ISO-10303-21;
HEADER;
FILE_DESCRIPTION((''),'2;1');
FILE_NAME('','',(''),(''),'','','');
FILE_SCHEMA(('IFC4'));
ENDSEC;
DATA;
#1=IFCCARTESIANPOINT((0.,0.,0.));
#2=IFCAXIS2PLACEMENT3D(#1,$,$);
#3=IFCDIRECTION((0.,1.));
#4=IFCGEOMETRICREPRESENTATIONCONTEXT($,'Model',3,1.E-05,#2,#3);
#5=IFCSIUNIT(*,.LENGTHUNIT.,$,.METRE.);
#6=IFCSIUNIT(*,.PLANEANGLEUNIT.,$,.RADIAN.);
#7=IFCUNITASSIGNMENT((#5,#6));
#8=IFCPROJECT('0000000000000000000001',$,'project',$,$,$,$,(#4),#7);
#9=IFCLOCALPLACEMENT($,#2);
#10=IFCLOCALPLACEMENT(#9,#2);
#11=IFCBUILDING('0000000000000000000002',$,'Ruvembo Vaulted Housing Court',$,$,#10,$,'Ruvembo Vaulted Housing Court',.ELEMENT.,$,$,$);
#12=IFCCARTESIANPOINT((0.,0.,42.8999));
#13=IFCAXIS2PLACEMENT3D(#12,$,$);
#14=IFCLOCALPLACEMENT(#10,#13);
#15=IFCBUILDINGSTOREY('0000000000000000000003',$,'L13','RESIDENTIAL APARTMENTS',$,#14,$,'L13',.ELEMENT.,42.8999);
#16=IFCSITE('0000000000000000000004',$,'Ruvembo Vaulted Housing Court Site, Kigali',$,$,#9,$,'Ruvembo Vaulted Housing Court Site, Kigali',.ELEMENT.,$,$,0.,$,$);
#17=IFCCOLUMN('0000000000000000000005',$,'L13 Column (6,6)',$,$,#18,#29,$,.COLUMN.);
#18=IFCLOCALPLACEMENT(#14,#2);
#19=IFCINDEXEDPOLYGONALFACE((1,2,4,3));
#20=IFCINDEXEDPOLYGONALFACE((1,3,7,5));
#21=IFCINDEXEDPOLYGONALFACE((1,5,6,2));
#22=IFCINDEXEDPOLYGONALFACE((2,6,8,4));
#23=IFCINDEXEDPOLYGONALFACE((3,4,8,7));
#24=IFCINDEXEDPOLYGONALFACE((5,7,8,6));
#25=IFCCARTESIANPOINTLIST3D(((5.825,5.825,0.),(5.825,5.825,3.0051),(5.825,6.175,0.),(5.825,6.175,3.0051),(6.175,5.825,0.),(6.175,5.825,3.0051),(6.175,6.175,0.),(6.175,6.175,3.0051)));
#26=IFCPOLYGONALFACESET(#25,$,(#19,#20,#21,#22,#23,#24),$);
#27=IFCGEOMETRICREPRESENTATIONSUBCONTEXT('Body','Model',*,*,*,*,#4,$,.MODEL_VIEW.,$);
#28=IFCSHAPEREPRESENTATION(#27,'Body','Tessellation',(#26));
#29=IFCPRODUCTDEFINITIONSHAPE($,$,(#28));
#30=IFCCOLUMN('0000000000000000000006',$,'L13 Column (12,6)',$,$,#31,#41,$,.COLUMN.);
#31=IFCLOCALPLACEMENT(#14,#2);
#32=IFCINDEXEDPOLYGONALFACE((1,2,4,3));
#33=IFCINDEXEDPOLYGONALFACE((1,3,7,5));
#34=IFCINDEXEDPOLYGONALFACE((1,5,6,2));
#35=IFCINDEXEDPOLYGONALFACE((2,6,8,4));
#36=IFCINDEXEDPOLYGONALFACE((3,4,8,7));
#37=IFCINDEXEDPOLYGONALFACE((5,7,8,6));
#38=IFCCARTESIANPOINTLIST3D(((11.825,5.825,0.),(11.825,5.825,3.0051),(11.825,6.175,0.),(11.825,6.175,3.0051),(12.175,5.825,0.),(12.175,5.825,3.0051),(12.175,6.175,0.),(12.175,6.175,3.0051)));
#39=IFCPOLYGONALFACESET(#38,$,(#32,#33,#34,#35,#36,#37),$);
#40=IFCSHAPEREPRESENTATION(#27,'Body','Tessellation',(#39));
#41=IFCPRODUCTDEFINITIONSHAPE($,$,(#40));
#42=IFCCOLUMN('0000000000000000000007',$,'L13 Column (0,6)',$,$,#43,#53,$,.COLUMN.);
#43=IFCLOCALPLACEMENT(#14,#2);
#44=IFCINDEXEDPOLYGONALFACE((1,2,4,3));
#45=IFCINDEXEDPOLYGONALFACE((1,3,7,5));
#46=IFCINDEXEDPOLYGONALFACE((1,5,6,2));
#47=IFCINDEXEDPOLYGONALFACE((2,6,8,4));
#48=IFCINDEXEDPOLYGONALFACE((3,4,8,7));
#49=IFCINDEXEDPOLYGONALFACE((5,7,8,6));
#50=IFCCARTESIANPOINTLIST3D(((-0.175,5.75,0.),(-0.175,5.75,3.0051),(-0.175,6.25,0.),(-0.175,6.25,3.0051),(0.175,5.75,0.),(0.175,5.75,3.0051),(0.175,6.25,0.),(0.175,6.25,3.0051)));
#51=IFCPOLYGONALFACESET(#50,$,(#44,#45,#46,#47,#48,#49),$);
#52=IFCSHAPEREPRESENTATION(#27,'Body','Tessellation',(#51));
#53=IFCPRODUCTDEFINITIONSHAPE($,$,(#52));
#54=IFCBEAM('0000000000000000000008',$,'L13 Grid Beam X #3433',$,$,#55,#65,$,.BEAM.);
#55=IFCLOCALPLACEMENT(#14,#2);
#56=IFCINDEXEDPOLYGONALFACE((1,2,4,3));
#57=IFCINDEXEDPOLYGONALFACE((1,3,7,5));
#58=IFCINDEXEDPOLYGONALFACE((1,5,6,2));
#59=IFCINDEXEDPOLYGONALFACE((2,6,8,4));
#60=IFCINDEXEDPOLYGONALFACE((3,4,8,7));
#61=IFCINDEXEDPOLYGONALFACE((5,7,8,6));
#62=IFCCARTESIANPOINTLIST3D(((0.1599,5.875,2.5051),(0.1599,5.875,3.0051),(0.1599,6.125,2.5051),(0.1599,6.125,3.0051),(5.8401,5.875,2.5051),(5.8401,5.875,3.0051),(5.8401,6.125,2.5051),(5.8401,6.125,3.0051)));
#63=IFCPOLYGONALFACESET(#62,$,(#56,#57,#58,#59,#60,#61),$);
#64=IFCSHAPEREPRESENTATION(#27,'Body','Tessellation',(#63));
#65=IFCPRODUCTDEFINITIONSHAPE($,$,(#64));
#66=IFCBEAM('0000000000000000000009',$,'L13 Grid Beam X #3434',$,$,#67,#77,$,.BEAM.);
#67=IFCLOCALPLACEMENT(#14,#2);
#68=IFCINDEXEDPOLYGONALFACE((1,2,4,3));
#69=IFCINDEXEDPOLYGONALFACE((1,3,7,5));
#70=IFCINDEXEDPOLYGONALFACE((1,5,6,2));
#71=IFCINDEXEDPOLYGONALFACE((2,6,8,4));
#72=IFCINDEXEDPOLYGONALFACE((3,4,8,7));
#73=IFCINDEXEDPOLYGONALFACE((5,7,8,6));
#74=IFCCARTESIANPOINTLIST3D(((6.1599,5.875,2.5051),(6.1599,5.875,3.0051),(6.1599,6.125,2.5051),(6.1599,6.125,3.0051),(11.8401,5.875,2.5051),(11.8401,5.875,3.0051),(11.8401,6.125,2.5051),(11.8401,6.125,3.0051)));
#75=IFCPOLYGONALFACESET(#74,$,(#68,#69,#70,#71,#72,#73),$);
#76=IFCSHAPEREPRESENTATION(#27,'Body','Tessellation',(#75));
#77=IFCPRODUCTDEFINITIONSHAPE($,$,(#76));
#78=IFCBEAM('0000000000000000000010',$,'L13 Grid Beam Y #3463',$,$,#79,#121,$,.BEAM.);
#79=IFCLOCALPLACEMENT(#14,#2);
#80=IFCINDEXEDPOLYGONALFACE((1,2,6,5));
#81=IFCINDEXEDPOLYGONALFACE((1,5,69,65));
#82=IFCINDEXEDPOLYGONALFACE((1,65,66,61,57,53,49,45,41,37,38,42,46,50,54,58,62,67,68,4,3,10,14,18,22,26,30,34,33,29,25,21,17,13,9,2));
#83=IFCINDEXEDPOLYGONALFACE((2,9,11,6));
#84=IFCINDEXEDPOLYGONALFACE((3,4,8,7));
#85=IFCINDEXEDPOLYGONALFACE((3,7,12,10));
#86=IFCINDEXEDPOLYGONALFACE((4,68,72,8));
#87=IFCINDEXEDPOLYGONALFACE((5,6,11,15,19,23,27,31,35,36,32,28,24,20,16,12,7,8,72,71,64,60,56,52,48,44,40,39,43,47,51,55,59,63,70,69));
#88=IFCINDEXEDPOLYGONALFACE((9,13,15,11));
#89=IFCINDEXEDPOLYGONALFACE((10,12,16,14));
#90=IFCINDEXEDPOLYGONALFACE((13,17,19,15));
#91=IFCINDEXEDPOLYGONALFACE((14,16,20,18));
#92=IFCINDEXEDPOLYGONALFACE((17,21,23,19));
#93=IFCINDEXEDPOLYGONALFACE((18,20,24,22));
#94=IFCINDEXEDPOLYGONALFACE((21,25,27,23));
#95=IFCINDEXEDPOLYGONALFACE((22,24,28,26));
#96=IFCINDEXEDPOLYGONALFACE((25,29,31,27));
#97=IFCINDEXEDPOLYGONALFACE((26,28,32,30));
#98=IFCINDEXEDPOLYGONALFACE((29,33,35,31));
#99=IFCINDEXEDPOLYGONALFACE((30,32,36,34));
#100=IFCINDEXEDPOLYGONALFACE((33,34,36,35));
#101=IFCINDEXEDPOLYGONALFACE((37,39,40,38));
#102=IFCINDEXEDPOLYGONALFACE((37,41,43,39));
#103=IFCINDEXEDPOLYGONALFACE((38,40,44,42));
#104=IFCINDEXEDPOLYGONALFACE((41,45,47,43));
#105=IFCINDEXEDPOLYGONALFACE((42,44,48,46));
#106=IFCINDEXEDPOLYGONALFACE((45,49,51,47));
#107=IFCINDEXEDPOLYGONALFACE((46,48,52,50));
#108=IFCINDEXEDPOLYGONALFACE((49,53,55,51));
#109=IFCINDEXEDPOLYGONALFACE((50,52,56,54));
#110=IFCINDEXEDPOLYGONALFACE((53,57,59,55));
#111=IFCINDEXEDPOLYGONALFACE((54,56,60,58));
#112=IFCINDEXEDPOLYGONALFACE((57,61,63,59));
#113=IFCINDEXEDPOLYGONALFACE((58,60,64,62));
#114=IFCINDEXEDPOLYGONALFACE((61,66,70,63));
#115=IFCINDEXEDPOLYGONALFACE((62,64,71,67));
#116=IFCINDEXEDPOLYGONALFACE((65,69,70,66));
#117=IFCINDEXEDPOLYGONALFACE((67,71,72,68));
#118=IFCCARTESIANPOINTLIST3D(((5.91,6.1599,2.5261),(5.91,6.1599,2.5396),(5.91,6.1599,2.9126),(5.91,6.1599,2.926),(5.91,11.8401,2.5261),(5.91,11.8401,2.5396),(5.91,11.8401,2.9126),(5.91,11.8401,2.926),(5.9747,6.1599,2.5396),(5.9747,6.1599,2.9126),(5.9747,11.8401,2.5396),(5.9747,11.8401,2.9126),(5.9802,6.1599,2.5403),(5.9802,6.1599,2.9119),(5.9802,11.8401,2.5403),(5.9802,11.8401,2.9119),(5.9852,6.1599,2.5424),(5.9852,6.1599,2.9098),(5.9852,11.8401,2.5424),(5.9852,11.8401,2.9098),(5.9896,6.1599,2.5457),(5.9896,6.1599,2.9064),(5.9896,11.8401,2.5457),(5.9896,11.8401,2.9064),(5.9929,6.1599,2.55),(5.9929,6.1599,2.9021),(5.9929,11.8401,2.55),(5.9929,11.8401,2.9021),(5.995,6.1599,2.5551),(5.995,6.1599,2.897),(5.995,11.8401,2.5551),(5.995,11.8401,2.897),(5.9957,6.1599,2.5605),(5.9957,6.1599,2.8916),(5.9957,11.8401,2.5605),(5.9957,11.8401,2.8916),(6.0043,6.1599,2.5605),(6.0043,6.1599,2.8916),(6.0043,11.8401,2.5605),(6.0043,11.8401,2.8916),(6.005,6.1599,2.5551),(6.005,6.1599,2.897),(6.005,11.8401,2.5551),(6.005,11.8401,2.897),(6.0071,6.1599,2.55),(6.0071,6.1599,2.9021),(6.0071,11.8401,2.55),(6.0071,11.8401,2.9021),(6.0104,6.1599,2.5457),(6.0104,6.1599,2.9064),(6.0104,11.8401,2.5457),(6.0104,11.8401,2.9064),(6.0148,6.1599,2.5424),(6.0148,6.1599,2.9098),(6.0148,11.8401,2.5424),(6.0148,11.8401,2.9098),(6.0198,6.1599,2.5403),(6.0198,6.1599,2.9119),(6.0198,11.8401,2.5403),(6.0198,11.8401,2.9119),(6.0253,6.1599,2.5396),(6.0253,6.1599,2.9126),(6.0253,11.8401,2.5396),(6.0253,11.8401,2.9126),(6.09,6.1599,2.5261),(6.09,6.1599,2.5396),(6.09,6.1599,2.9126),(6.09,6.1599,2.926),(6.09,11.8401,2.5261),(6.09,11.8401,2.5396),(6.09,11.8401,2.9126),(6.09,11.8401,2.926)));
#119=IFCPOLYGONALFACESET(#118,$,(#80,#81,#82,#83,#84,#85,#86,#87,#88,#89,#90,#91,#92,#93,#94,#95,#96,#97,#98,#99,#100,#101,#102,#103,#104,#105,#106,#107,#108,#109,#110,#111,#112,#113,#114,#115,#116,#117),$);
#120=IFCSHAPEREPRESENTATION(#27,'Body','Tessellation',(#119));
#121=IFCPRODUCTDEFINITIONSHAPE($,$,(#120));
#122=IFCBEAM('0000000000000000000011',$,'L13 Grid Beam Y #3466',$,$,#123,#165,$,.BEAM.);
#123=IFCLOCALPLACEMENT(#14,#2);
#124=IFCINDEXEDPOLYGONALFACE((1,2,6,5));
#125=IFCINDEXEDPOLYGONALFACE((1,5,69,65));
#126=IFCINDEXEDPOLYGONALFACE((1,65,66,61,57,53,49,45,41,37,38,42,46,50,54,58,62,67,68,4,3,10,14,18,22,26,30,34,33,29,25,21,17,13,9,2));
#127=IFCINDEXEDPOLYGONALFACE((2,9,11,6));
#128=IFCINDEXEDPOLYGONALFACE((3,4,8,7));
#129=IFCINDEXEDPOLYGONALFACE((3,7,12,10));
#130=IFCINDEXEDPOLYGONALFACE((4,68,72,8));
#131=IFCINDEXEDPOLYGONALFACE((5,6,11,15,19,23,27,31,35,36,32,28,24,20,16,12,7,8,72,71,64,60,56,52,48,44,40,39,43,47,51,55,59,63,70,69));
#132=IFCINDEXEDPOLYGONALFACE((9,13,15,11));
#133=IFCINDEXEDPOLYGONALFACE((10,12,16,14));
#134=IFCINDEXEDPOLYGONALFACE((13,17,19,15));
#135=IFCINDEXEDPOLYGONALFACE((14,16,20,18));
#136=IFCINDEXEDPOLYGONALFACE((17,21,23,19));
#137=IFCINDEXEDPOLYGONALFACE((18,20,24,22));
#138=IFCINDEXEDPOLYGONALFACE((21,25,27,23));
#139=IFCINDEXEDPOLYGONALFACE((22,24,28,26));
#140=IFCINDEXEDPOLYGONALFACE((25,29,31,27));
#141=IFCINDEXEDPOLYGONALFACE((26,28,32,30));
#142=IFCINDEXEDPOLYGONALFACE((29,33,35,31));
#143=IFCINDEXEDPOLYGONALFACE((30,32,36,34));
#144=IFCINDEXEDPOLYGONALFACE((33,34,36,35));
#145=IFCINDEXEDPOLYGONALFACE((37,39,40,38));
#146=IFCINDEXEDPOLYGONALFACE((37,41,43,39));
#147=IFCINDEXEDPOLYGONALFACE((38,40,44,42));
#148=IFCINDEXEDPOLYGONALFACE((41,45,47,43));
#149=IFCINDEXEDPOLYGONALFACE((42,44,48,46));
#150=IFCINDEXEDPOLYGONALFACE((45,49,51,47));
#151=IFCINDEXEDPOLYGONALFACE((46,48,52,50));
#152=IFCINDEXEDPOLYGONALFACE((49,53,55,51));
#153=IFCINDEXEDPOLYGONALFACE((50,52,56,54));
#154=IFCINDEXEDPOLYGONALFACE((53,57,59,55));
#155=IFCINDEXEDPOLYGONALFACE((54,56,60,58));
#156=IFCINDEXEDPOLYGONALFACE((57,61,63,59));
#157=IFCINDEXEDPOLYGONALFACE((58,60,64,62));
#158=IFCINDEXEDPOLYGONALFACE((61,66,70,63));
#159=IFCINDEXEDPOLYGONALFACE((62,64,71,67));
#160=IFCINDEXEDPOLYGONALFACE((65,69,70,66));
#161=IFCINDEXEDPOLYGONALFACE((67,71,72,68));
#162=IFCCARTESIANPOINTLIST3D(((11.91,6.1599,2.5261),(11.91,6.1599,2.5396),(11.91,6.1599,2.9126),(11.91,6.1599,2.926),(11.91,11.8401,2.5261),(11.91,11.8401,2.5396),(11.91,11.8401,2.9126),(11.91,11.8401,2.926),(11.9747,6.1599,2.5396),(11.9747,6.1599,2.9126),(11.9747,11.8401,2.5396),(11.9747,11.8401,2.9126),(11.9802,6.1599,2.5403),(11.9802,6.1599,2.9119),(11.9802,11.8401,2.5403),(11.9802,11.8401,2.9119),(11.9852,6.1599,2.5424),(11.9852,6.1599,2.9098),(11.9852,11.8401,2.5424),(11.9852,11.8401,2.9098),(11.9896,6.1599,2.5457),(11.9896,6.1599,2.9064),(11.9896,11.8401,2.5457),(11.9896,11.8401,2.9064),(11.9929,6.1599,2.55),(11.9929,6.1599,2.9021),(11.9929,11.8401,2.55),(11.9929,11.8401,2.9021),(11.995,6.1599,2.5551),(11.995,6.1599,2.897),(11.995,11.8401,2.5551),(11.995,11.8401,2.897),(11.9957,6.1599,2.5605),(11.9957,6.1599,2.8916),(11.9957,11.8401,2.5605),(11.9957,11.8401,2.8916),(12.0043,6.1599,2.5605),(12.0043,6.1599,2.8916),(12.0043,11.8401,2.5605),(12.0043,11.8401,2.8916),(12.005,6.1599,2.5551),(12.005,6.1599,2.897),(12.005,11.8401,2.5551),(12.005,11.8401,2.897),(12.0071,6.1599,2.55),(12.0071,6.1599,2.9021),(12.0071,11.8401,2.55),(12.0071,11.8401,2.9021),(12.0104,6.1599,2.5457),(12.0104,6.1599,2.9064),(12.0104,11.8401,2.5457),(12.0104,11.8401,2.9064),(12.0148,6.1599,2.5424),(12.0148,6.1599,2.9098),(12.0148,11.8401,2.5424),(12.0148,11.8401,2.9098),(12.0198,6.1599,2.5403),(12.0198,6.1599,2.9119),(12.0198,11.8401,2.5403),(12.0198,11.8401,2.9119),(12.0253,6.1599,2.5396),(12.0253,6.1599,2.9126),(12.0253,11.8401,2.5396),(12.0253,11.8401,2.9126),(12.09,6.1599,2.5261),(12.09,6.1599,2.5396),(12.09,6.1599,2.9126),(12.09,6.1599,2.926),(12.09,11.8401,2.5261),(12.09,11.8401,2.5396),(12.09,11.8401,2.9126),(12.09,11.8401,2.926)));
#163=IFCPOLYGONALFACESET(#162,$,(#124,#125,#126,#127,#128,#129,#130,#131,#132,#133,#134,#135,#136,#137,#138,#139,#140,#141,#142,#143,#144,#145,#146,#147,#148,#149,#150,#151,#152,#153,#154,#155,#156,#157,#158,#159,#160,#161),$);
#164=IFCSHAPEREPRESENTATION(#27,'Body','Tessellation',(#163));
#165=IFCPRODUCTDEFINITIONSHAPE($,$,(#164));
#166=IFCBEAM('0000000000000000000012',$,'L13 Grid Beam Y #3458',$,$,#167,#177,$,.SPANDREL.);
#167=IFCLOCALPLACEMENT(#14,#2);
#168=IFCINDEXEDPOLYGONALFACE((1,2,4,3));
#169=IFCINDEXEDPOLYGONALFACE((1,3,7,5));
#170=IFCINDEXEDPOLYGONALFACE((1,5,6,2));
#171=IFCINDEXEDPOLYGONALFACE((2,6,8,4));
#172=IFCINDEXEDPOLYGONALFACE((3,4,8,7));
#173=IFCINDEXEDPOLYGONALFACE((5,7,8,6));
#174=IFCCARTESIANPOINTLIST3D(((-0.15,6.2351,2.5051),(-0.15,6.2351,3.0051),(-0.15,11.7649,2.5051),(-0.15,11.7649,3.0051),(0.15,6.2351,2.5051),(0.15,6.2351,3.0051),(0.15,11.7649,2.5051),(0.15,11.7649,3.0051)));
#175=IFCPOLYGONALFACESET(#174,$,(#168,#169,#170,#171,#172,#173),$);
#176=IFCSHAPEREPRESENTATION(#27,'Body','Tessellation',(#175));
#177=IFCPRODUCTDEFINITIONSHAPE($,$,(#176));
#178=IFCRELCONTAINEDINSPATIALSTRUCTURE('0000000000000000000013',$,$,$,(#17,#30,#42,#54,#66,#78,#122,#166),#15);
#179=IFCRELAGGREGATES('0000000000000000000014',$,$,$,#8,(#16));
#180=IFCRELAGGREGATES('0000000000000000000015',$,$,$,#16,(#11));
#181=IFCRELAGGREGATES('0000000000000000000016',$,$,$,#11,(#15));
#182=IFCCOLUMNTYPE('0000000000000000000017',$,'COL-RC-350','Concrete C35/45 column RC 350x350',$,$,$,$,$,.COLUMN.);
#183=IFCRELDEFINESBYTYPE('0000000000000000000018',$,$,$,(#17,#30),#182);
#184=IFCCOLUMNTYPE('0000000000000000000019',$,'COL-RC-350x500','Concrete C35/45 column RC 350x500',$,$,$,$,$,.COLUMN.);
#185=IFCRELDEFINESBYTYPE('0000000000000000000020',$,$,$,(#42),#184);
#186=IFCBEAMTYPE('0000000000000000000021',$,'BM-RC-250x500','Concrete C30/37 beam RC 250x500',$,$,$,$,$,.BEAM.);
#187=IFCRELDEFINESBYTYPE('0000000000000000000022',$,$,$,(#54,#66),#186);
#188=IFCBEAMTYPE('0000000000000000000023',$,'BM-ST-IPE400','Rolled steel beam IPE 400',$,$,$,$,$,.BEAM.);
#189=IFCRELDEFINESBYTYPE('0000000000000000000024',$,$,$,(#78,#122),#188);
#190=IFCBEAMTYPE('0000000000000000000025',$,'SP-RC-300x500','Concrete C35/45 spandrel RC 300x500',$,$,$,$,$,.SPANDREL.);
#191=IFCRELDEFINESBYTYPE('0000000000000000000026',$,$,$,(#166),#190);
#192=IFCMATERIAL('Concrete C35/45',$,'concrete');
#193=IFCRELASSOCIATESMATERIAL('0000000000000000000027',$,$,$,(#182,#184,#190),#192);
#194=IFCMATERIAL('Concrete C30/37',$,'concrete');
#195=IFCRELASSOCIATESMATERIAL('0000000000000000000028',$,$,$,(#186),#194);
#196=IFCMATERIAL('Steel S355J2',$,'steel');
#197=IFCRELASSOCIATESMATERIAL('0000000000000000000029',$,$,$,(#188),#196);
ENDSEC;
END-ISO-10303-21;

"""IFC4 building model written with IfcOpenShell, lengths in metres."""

from ifc_helpers import new_model, si_unit, direction, frame, origin, origin_2d, place, context, subcontext, project, spatial, rectangle, i_section, extrude, material, material_profile, profile_set, type_object, element, save


model = new_model("IFC4")

# Units and contexts
model_context = context("Model", 3, precision=1e-05, world=origin(), true_north=direction((0.0, 1.0)))
body_context = subcontext(model_context, "Body", "Model", "MODEL_VIEW")
ifc_project = project(units=[si_unit("LENGTHUNIT", "METRE"), si_unit("PLANEANGLEUNIT", "RADIAN")], contexts=[model_context])

# Site, building, storey
site_placement = place(None, origin())
site = spatial("IfcSite", under=ifc_project, at=site_placement, Name="Ruvembo Vaulted Housing Court Site, Kigali", LongName="Ruvembo Vaulted Housing Court Site, Kigali", CompositionType="ELEMENT", RefElevation=0.0)
building_placement = place(site_placement, origin())
building = spatial("IfcBuilding", under=site, at=building_placement, Name="Ruvembo Vaulted Housing Court", LongName="Ruvembo Vaulted Housing Court", CompositionType="ELEMENT")
storey_placement = place(building_placement, frame((0.0, 0.0, 42.8999)))
storey = spatial("IfcBuildingStorey", under=building, at=storey_placement, Name="L13", Description="RESIDENTIAL APARTMENTS", LongName="L13", CompositionType="ELEMENT", Elevation=42.8999)

# Columns
ifc_material_1 = material(Name="Concrete C35/45", Category="concrete")
ifc_material_profile_1 = material_profile(ifc_material_1, rectangle(XDim=0.3501, YDim=0.3501, at=origin_2d()), Name="RC 350x350")
ifc_profile_set_1 = profile_set([ifc_material_profile_1], Name="Concrete C35/45")
column_type_1 = type_object("IfcColumnType", Name="COL-RC-350", Description="Concrete C35/45 column RC 350x350", PredefinedType="COLUMN", material=ifc_profile_set_1)
for number, where, z_axis, x_axis, name in (
    (1, (6.0, 6.0, 0.0), (0.0, 0.0, 1.0), (1.0, 0.0, 0.0), "L13 Column (6,6)"),
    (2, (12.0, 6.0, 0.0), (0.0, 0.0, 1.0), (1.0, 0.0, 0.0), "L13 Column (12,6)"),
):
    element("IfcColumn", number, at=place(storey_placement, frame(where, z_axis=z_axis, x_axis=x_axis)), inside=storey, type_object=column_type_1, Name=name, PredefinedType="COLUMN", context=body_context, shape_type="SweptSolid", body=[
        extrude(rectangle(XDim=0.3501, YDim=0.3501, at=origin_2d()), origin(), (0.0, 0.0, 1.0), 3.0051),
    ])
ifc_material_profile_2 = material_profile(ifc_material_1, rectangle(XDim=0.3501, YDim=0.5, at=origin_2d()), Name="RC 350x500")
ifc_profile_set_2 = profile_set([ifc_material_profile_2], Name="Concrete C35/45")
column_type_2 = type_object("IfcColumnType", Name="COL-RC-350x500", Description="Concrete C35/45 column RC 350x500", PredefinedType="COLUMN", material=ifc_profile_set_2)
column_placement = place(storey_placement, frame((0.0, 6.0, 0.0), z_axis=(0.0, 0.0, 1.0), x_axis=(1.0, 0.0, 0.0)))
element("IfcColumn", 3, at=column_placement, inside=storey, type_object=column_type_2, Name="L13 Column (0,6)", PredefinedType="COLUMN", context=body_context, shape_type="SweptSolid", body=[
    extrude(rectangle(XDim=0.3501, YDim=0.5, at=origin_2d()), origin(), (0.0, 0.0, 1.0), 3.0051),
])

# Beams
ifc_material_2 = material(Name="Concrete C30/37", Category="concrete")
ifc_material_profile_3 = material_profile(ifc_material_2, rectangle(XDim=0.25, YDim=0.5, at=origin_2d()), Name="RC 250x500")
ifc_profile_set_3 = profile_set([ifc_material_profile_3], Name="Concrete C30/37")
beam_type_1 = type_object("IfcBeamType", Name="BM-RC-250x500", Description="Concrete C30/37 beam RC 250x500", PredefinedType="BEAM", material=ifc_profile_set_3)
for number, where, z_axis, x_axis, name in (
    (4, (0.1599, 6.0, 2.7551), (1.0, 0.0, 0.0), (0.0, 1.0, 0.0), "L13 Grid Beam X #3433"),
    (5, (6.1599, 6.0, 2.7551), (1.0, 0.0, 0.0), (0.0, 1.0, 0.0), "L13 Grid Beam X #3434"),
):
    element("IfcBeam", number, at=place(storey_placement, frame(where, z_axis=z_axis, x_axis=x_axis)), inside=storey, type_object=beam_type_1, Name=name, PredefinedType="BEAM", context=body_context, shape_type="SweptSolid", body=[
        extrude(rectangle(XDim=0.25, YDim=0.5, at=origin_2d()), origin(), (0.0, 0.0, 1.0), 5.6802),
    ])
ifc_material_3 = material(Name="Steel S355J2", Category="steel")
ifc_material_profile_4 = material_profile(ifc_material_3, i_section(OverallWidth=0.1799, OverallDepth=0.3999, WebThickness=0.0085, FlangeThickness=0.0134, FilletRadius=0.021, at=origin_2d()), Name="IPE 400")
ifc_profile_set_4 = profile_set([ifc_material_profile_4], Name="Steel S355J2")
beam_type_2 = type_object("IfcBeamType", Name="BM-ST-IPE400", Description="Rolled steel beam IPE 400", PredefinedType="BEAM", material=ifc_profile_set_4)
for number, where, z_axis, x_axis, name in (
    (6, (6.0, 6.1599, 2.7261), (0.0, 1.0, 0.0), (-1.0, 0.0, 0.0), "L13 Grid Beam Y #3463"),
    (7, (12.0, 6.1599, 2.7261), (0.0, 1.0, 0.0), (-1.0, 0.0, 0.0), "L13 Grid Beam Y #3466"),
):
    element("IfcBeam", number, at=place(storey_placement, frame(where, z_axis=z_axis, x_axis=x_axis)), inside=storey, type_object=beam_type_2, Name=name, PredefinedType="BEAM", context=body_context, shape_type="SweptSolid", body=[
        extrude(i_section(OverallWidth=0.1799, OverallDepth=0.3999, WebThickness=0.0085, FlangeThickness=0.0134, FilletRadius=0.021, at=origin_2d()), origin(), (0.0, 0.0, 1.0), 5.6802),
    ])
ifc_material_profile_5 = material_profile(ifc_material_1, rectangle(XDim=0.3, YDim=0.5, at=origin_2d()), Name="RC 300x500")
ifc_profile_set_5 = profile_set([ifc_material_profile_5], Name="Concrete C35/45")
beam_type_3 = type_object("IfcBeamType", Name="SP-RC-300x500", Description="Concrete C35/45 spandrel RC 300x500", PredefinedType="SPANDREL", material=ifc_profile_set_5)
beam_placement = place(storey_placement, frame((0.0, 6.2351, 2.7551), z_axis=(0.0, 1.0, 0.0), x_axis=(-1.0, 0.0, 0.0)))
element("IfcBeam", 8, at=beam_placement, inside=storey, type_object=beam_type_3, Name="L13 Grid Beam Y #3458", PredefinedType="SPANDREL", context=body_context, shape_type="SweptSolid", body=[
    extrude(rectangle(XDim=0.3, YDim=0.5, at=origin_2d()), origin(), (0.0, 0.0, 1.0), 5.5298),
])

save(model, "model.ifc")
